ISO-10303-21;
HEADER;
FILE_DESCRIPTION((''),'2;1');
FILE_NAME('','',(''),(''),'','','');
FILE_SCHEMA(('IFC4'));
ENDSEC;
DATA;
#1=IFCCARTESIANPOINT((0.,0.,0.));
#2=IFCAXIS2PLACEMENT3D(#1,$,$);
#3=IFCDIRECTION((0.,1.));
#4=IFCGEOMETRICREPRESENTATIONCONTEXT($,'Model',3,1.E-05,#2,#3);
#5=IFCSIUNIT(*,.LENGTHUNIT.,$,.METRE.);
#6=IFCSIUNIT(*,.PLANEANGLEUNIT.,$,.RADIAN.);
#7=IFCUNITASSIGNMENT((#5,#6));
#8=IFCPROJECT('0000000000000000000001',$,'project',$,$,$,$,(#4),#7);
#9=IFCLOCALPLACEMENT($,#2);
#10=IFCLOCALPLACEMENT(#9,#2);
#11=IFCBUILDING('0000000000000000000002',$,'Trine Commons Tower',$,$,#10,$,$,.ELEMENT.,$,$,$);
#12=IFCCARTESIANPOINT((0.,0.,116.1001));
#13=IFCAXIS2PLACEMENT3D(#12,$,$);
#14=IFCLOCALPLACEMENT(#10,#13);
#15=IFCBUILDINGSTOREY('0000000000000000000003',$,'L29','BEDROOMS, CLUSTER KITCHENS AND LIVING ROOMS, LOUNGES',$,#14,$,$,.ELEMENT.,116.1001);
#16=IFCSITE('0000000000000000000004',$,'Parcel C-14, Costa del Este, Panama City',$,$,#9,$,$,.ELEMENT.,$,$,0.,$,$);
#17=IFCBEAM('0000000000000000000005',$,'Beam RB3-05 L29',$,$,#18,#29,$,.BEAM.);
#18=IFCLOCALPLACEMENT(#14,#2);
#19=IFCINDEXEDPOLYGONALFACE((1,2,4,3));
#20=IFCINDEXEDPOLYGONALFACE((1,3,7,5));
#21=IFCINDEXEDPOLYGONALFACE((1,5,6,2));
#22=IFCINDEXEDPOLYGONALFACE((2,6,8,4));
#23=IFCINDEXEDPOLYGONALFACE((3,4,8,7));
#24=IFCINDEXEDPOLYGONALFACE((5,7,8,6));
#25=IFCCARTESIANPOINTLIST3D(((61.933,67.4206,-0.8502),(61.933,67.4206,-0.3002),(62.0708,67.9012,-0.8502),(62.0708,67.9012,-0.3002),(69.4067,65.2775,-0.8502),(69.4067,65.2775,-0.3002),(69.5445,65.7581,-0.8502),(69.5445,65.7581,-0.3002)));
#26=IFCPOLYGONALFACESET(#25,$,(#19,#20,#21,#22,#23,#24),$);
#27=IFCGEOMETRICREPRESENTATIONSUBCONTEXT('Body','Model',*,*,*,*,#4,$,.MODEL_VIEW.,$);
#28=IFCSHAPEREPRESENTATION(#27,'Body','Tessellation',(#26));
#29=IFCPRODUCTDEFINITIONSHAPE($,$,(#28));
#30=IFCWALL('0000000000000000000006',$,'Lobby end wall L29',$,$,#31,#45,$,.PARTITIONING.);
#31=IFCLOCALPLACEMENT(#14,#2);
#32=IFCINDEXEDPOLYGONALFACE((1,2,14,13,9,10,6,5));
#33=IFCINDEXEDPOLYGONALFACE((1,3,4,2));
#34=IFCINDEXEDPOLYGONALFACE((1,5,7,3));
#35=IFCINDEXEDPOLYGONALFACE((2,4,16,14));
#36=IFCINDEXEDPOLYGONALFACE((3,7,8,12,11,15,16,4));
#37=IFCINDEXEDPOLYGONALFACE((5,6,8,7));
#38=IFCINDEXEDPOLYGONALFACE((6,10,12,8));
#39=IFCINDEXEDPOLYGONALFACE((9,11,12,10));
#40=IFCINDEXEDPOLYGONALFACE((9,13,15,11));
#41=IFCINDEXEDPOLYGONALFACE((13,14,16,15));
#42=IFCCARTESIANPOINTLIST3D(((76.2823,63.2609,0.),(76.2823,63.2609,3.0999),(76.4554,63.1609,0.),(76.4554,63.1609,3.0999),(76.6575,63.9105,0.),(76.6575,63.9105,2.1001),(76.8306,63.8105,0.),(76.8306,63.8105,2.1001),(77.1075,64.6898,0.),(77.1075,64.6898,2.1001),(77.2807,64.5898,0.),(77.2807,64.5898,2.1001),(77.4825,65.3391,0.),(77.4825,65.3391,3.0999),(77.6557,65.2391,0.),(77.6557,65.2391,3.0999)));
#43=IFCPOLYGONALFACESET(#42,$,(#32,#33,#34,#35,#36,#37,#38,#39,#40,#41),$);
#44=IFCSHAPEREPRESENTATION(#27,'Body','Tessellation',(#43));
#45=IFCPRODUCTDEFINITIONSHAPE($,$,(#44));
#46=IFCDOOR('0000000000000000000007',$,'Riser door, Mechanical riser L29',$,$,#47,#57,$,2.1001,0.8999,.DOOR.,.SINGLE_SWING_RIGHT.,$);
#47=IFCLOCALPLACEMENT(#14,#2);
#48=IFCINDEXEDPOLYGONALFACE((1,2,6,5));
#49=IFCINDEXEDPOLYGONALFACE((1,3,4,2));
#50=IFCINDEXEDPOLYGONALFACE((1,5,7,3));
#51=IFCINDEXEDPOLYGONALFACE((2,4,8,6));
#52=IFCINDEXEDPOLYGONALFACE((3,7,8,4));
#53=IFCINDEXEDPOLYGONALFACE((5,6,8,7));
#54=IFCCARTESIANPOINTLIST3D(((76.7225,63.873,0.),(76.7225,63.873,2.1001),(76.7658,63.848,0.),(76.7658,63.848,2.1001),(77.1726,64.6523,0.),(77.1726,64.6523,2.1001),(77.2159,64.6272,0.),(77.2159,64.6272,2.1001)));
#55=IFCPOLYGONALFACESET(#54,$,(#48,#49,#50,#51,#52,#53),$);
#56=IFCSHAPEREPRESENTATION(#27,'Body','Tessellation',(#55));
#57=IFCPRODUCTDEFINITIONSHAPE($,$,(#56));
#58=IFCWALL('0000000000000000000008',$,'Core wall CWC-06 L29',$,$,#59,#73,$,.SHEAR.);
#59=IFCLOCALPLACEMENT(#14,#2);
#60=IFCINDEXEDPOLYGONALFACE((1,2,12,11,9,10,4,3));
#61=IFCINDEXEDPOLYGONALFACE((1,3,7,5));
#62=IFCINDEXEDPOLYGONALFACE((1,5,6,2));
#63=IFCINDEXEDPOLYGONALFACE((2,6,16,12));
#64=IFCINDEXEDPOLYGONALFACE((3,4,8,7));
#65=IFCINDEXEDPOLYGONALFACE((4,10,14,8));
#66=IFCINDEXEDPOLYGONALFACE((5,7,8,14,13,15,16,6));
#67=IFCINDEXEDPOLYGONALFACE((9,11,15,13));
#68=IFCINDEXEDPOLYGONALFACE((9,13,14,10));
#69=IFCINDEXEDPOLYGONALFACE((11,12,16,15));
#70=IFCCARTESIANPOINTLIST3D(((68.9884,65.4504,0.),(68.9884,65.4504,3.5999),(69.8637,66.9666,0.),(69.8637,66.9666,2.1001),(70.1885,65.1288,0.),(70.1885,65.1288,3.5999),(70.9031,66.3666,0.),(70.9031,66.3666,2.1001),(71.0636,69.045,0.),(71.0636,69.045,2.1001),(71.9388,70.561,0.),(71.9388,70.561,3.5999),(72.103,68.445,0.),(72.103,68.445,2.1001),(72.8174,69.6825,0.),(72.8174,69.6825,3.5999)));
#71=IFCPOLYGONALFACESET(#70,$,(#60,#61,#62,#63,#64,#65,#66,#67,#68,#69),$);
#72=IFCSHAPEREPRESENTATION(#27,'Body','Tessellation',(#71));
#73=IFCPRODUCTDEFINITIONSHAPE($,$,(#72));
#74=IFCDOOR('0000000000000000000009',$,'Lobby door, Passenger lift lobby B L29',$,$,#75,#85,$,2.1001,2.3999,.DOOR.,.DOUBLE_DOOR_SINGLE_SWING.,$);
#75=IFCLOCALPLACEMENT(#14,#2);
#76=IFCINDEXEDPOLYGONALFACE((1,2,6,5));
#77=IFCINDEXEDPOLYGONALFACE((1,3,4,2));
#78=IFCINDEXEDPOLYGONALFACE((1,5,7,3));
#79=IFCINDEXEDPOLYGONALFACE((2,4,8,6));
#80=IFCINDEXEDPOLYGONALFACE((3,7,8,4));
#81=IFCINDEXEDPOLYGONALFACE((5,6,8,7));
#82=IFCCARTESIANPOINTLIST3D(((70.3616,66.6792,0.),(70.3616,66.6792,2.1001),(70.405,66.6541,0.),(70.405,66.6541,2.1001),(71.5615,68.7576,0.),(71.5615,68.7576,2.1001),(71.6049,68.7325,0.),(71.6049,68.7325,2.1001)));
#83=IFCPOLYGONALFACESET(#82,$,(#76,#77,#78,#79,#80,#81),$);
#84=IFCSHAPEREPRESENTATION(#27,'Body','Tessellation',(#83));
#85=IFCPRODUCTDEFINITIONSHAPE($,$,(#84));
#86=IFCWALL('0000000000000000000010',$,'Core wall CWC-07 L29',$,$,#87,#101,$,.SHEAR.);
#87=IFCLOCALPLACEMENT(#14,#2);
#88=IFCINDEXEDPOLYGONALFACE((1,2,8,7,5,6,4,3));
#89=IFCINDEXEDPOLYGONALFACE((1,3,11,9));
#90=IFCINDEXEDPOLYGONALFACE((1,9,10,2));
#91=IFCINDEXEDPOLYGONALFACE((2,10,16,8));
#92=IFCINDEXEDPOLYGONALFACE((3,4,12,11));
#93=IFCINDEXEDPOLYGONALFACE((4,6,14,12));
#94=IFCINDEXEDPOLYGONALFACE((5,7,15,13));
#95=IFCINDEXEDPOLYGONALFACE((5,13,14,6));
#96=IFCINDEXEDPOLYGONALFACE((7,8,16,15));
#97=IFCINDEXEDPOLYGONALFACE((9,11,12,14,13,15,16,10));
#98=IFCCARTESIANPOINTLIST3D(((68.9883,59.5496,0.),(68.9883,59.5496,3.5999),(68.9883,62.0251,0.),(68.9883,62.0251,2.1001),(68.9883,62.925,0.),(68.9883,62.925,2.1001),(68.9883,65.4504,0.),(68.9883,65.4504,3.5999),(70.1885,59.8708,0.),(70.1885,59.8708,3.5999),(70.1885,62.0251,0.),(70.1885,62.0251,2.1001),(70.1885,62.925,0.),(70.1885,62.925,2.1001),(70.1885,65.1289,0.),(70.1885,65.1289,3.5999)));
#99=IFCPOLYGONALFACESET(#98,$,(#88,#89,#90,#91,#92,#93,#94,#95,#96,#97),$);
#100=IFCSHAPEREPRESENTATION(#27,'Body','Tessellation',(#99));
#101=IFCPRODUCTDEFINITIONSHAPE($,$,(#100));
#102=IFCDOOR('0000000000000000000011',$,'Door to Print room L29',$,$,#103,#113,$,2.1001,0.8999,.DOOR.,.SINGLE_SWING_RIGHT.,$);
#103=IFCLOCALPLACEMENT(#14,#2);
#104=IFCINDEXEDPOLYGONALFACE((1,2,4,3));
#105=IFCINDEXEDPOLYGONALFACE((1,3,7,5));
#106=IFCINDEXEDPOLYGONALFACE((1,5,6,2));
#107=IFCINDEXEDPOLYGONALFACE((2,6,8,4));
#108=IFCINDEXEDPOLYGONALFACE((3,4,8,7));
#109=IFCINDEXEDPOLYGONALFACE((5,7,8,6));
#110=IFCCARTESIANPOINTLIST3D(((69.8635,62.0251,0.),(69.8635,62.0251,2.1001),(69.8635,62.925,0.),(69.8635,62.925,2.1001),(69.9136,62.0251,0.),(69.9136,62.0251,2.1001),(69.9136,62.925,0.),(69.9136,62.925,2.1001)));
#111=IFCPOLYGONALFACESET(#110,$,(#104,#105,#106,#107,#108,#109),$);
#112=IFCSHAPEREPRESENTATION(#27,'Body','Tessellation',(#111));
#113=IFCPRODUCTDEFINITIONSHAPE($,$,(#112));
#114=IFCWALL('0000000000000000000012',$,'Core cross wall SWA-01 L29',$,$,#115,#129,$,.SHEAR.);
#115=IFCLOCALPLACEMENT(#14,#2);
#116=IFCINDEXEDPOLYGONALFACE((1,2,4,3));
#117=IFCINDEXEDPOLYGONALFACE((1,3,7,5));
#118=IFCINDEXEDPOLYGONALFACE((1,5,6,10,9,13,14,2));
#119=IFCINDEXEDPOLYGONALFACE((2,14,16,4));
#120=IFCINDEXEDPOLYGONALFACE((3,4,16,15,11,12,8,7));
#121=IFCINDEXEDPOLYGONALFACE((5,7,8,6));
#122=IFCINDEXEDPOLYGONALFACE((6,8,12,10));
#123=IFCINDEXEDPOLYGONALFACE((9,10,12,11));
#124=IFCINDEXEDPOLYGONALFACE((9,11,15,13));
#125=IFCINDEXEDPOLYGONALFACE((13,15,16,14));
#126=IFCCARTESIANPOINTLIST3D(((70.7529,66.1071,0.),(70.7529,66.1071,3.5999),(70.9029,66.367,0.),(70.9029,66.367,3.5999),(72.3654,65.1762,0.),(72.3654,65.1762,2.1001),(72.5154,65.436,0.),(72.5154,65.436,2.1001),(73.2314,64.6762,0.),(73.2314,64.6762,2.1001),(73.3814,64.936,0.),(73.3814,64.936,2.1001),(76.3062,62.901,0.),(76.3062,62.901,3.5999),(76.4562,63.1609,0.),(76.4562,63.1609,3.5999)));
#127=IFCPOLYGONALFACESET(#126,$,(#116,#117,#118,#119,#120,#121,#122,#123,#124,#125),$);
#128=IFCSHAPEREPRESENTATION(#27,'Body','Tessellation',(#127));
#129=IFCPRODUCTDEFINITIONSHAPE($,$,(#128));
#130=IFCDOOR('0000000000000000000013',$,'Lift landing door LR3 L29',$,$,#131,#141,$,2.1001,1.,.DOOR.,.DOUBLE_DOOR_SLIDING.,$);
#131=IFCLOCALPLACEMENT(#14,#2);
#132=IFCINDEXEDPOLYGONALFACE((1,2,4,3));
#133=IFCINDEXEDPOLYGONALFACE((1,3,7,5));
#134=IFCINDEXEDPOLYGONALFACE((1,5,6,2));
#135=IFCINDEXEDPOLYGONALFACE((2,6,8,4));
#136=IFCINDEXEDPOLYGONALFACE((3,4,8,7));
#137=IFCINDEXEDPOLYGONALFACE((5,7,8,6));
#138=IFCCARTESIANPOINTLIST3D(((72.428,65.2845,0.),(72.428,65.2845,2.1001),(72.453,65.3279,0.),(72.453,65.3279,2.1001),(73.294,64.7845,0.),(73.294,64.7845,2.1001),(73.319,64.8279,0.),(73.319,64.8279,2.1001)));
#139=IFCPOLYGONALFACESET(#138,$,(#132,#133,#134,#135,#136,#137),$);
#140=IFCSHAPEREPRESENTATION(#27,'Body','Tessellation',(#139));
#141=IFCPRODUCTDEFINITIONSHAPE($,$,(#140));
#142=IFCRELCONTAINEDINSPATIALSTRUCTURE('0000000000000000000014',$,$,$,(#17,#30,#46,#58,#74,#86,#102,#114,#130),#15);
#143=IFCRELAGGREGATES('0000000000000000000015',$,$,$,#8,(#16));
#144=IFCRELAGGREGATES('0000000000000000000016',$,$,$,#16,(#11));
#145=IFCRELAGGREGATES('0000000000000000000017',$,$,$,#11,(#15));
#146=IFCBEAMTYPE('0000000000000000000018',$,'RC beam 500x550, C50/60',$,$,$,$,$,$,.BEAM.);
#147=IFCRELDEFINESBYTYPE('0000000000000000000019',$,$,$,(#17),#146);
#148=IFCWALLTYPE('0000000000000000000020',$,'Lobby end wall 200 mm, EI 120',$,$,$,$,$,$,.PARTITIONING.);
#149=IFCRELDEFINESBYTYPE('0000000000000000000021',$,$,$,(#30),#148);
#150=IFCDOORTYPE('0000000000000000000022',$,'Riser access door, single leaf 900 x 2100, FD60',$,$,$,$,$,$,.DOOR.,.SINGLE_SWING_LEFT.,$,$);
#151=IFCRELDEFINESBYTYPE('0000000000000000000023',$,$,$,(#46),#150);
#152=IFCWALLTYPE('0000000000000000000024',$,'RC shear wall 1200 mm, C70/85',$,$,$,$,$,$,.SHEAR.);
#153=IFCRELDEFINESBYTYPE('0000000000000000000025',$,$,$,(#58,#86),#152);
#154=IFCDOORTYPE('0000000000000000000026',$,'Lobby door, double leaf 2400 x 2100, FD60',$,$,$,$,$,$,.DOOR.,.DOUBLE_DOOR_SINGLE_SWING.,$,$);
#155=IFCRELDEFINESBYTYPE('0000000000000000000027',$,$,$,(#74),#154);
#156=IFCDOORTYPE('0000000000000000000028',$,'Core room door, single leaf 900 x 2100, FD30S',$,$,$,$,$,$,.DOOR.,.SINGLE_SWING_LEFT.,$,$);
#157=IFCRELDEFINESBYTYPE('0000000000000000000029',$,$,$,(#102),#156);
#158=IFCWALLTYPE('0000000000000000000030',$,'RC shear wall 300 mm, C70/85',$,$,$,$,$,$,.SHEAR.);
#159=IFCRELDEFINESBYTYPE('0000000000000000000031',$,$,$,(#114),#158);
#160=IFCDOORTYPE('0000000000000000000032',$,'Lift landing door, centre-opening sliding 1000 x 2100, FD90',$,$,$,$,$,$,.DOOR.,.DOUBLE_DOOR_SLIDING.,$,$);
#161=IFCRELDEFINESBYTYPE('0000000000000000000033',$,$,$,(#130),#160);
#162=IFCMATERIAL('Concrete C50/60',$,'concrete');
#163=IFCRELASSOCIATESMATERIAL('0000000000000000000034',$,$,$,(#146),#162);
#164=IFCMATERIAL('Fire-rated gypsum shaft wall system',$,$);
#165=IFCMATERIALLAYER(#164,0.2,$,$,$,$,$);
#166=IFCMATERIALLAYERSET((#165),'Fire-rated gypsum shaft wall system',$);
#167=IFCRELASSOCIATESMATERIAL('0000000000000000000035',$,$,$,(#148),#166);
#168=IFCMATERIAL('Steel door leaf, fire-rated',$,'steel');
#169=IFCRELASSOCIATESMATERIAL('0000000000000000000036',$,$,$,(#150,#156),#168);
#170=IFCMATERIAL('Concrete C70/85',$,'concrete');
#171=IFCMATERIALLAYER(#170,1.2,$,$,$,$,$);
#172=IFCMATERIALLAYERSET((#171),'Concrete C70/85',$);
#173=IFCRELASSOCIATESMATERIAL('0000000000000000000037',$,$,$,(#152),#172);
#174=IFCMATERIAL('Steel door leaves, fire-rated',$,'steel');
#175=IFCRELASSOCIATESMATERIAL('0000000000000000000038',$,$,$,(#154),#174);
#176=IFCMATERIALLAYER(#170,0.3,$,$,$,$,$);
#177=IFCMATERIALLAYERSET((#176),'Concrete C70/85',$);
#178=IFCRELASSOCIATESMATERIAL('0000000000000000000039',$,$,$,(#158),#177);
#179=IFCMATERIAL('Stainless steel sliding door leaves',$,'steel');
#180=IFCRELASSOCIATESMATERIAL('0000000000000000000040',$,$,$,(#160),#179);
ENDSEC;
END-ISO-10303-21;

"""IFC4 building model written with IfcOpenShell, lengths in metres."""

from ifc_helpers import new_model, si_unit, direction, frame, frame_2d, origin, origin_2d, place, context, subcontext, project, spatial, polyline, rectangle, outline, extrude, material, layer, layer_set, material_profile, profile_set, type_object, element, fill, save


model = new_model("IFC4")

# Units and contexts
model_context = context("Model", 3, precision=1e-05, world=origin(), true_north=direction((0.0, 1.0)))
body_context = subcontext(model_context, "Body", "Model", "MODEL_VIEW")
ifc_project = project(units=[si_unit("LENGTHUNIT", "METRE"), si_unit("PLANEANGLEUNIT", "RADIAN")], contexts=[model_context])

# Site, building, storey
site_placement = place(None, origin())
site = spatial("IfcSite", under=ifc_project, at=site_placement, Name="Parcel C-14, Costa del Este, Panama City", CompositionType="ELEMENT", RefElevation=0.0)
building_placement = place(site_placement, origin())
building = spatial("IfcBuilding", under=site, at=building_placement, Name="Trine Commons Tower", CompositionType="ELEMENT")
storey_placement = place(building_placement, frame((0.0, 0.0, 116.1001)))
storey = spatial("IfcBuildingStorey", under=building, at=storey_placement, Name="L29", Description="BEDROOMS, CLUSTER KITCHENS AND LIVING ROOMS, LOUNGES", CompositionType="ELEMENT", Elevation=116.1001)

# Beam
ifc_material_1 = material(Name="Concrete C50/60", Category="concrete")
ifc_material_profile = material_profile(ifc_material_1, rectangle(XDim=0.5, YDim=0.55, at=origin_2d()), Name="RC 500x550")
ifc_profile_set = profile_set([ifc_material_profile], Name="Concrete C50/60")
beam_type = type_object("IfcBeamType", Name="RC beam 500x550, C50/60", PredefinedType="BEAM", material=ifc_profile_set)
beam_placement = place(storey_placement, frame((69.4756, 65.5178, -0.5752), z_axis=(-0.96126, 0.275642, 0.0), x_axis=(-0.275642, -0.96126, 0.0)))
element("IfcBeam", 1, at=beam_placement, inside=storey, type_object=beam_type, Name="Beam RB3-05 L29", PredefinedType="BEAM", context=body_context, shape_type="SweptSolid", body=[
    extrude(rectangle(XDim=0.5, YDim=0.55, at=origin_2d()), origin(), (0.0, 0.0, 1.0), 7.7749),
])

# Walls, openings, doors
ifc_material_2 = material(Name="Fire-rated gypsum shaft wall system")
ifc_layer_1 = layer(ifc_material_2, 0.2)
ifc_layer_set_1 = layer_set([ifc_layer_1], Name="Fire-rated gypsum shaft wall system")
wall_type_1 = type_object("IfcWallType", Name="Lobby end wall 200 mm, EI 120", PredefinedType="PARTITIONING", material=ifc_layer_set_1)
wall_1_placement = place(storey_placement, frame((77.5691, 65.2891, 0.0), z_axis=(0.0, 0.0, 1.0), x_axis=(-0.500122, -0.865955, 0.0)))
wall_1 = element("IfcWall", 2, at=wall_1_placement, inside=storey, type_object=wall_type_1, Name="Lobby end wall L29", PredefinedType="PARTITIONING", context=body_context, shape_type="SweptSolid", body=[
    extrude(rectangle(XDim=2.3999, YDim=0.2, at=frame_2d((1.2, 0.0))), origin(), (0.0, 0.0, 1.0), 3.0999),
])
opening_1_placement = place(wall_1_placement, frame((0.7498, 0.0, 0.0)))
opening_1 = element("IfcOpeningElement", 3, at=opening_1_placement, cuts=wall_1, PredefinedType="OPENING", context=body_context, shape_type="SweptSolid", body=[
    extrude(rectangle(XDim=0.8999, YDim=2.1001, at=frame_2d((0.45, 1.05))), frame((0.0, 0.1099, 0.0), z_axis=(0.0, -1.0, 0.0), x_axis=(1.0, 0.0, 0.0)), (0.0, 0.0, 1.0), 0.22),
])
ifc_material_3 = material(Name="Steel door leaf, fire-rated", Category="steel")
door_type_1 = type_object("IfcDoorType", Name="Riser access door, single leaf 900 x 2100, FD60", OperationType="SINGLE_SWING_LEFT", PredefinedType="DOOR", material=ifc_material_3)
door_1_placement = place(opening_1_placement, frame((0.8999, 0.0, 0.0), z_axis=(0.0, 0.0, 1.0), x_axis=(-1.0, 0.0, 0.0)))
door_1 = element("IfcDoor", 4, at=door_1_placement, inside=storey, type_object=door_type_1, Name="Riser door, Mechanical riser L29", OperationType="SINGLE_SWING_RIGHT", OverallHeight=2.1001, OverallWidth=0.8999, PredefinedType="DOOR", context=body_context, shape_type="SweptSolid", body=[
    extrude(rectangle(XDim=0.8999, YDim=2.1001, at=frame_2d((0.45, 1.05))), frame((0.0, 0.0249, 0.0), z_axis=(0.0, -1.0, 0.0), x_axis=(1.0, 0.0, 0.0)), (0.0, 0.0, 1.0), 0.05),
])
fill(opening_1, door_1)
ifc_material_4 = material(Name="Concrete C70/85", Category="concrete")
ifc_layer_2 = layer(ifc_material_4, 1.2)
ifc_layer_set_2 = layer_set([ifc_layer_2], Name="Concrete C70/85")
wall_type_2 = type_object("IfcWallType", Name="RC shear wall 1200 mm, C70/85", PredefinedType="SHEAR", material=ifc_layer_set_2)
wall_2_placement = place(storey_placement, frame((72.4585, 70.261, 0.0), z_axis=(0.0, 0.0, 1.0), x_axis=(-0.499979, -0.866037, 0.0)))
wall_2 = element("IfcWall", 5, at=wall_2_placement, inside=storey, type_object=wall_type_2, Name="Core wall CWC-06 L29", PredefinedType="SHEAR", context=body_context, shape_type="SweptSolid", body=[
    extrude(outline(polyline([(0.0, -0.6001), (5.9011, -0.6001), (5.5796, 0.6001), (0.3215, 0.6001), (0.0, -0.6001)])), origin(), (0.0, 0.0, 1.0), 3.5999),
])
opening_2_placement = place(wall_2_placement, frame((1.7505, 0.0, 0.0)))
opening_2 = element("IfcOpeningElement", 6, at=opening_2_placement, cuts=wall_2, PredefinedType="OPENING", context=body_context, shape_type="SweptSolid", body=[
    extrude(rectangle(XDim=2.3999, YDim=2.1001, at=frame_2d((1.2, 1.05))), frame((0.0, 0.6099, 0.0), z_axis=(0.0, -1.0, 0.0), x_axis=(1.0, 0.0, 0.0)), (0.0, 0.0, 1.0), 1.22),
])
ifc_material_5 = material(Name="Steel door leaves, fire-rated", Category="steel")
door_type_2 = type_object("IfcDoorType", Name="Lobby door, double leaf 2400 x 2100, FD60", OperationType="DOUBLE_DOOR_SINGLE_SWING", PredefinedType="DOOR", material=ifc_material_5)
door_2_placement = place(opening_2_placement, origin())
door_2 = element("IfcDoor", 7, at=door_2_placement, inside=storey, type_object=door_type_2, Name="Lobby door, Passenger lift lobby B L29", OperationType="DOUBLE_DOOR_SINGLE_SWING", OverallHeight=2.1001, OverallWidth=2.3999, PredefinedType="DOOR", context=body_context, shape_type="SweptSolid", body=[
    extrude(rectangle(XDim=2.3999, YDim=2.1001, at=frame_2d((1.2, 1.05))), frame((0.0, 0.0249, 0.0), z_axis=(0.0, -1.0, 0.0), x_axis=(1.0, 0.0, 0.0)), (0.0, 0.0, 1.0), 0.05),
])
fill(opening_2, door_2)
wall_3_placement = place(storey_placement, frame((69.5884, 65.4504, 0.0), z_axis=(0.0, 0.0, 1.0), x_axis=(0.0, -1.0, 0.0)))
wall_3 = element("IfcWall", 8, at=wall_3_placement, inside=storey, type_object=wall_type_2, Name="Core wall CWC-07 L29", PredefinedType="SHEAR", context=body_context, shape_type="SweptSolid", body=[
    extrude(outline(polyline([(0.0, -0.6001), (5.9009, -0.6001), (5.5796, 0.6001), (0.3215, 0.6001), (0.0, -0.6001)])), origin(), (0.0, 0.0, 1.0), 3.5999),
])
opening_3_placement = place(wall_3_placement, frame((2.5254, 0.0, 0.0)))
opening_3 = element("IfcOpeningElement", 9, at=opening_3_placement, cuts=wall_3, PredefinedType="OPENING", context=body_context, shape_type="SweptSolid", body=[
    extrude(rectangle(XDim=0.8999, YDim=2.1001, at=frame_2d((0.45, 1.05))), frame((0.0, 0.6099, 0.0), z_axis=(0.0, -1.0, 0.0), x_axis=(1.0, 0.0, 0.0)), (0.0, 0.0, 1.0), 1.22),
])
door_type_3 = type_object("IfcDoorType", Name="Core room door, single leaf 900 x 2100, FD30S", OperationType="SINGLE_SWING_LEFT", PredefinedType="DOOR", material=ifc_material_3)
door_3_placement = place(opening_3_placement, origin())
door_3 = element("IfcDoor", 10, at=door_3_placement, inside=storey, type_object=door_type_3, Name="Door to Print room L29", OperationType="SINGLE_SWING_RIGHT", OverallHeight=2.1001, OverallWidth=0.8999, PredefinedType="DOOR", context=body_context, shape_type="SweptSolid", body=[
    extrude(rectangle(XDim=0.8999, YDim=2.1001, at=frame_2d((0.45, 1.05))), frame((0.0, 0.3252, 0.0), z_axis=(0.0, -1.0, 0.0), x_axis=(1.0, 0.0, 0.0)), (0.0, 0.0, 1.0), 0.05),
])
fill(opening_3, door_3)
ifc_layer_3 = layer(ifc_material_4, 0.3)
ifc_layer_set_3 = layer_set([ifc_layer_3], Name="Concrete C70/85")
wall_type_3 = type_object("IfcWallType", Name="RC shear wall 300 mm, C70/85", PredefinedType="SHEAR", material=ifc_layer_set_3)
wall_4_placement = place(storey_placement, frame((76.3811, 63.031, 0.0), z_axis=(0.0, 0.0, 1.0), x_axis=(-0.866032, 0.499988, 0.0)))
wall_4 = element("IfcWall", 11, at=wall_4_placement, inside=storey, type_object=wall_type_3, Name="Core cross wall SWA-01 L29", PredefinedType="SHEAR", context=body_context, shape_type="SweptSolid", body=[
    extrude(rectangle(XDim=6.4124, YDim=0.3, at=frame_2d((3.2061, 0.0))), origin(), (0.0, 0.0, 1.0), 3.5999),
])
opening_4_placement = place(wall_4_placement, frame((3.5503, 0.0, 0.0)))
opening_4 = element("IfcOpeningElement", 12, at=opening_4_placement, cuts=wall_4, PredefinedType="OPENING", context=body_context, shape_type="SweptSolid", body=[
    extrude(rectangle(XDim=1.0, YDim=2.1001, at=frame_2d((0.5, 1.05))), frame((0.0, 0.1599, 0.0), z_axis=(0.0, -1.0, 0.0), x_axis=(1.0, 0.0, 0.0)), (0.0, 0.0, 1.0), 0.3201),
])
ifc_material_6 = material(Name="Stainless steel sliding door leaves", Category="steel")
door_type_4 = type_object("IfcDoorType", Name="Lift landing door, centre-opening sliding 1000 x 2100, FD90", OperationType="DOUBLE_DOOR_SLIDING", PredefinedType="DOOR", material=ifc_material_6)
door_4_placement = place(opening_4_placement, origin())
door_4 = element("IfcDoor", 13, at=door_4_placement, inside=storey, type_object=door_type_4, Name="Lift landing door LR3 L29", OperationType="DOUBLE_DOOR_SLIDING", OverallHeight=2.1001, OverallWidth=1.0, PredefinedType="DOOR", context=body_context, shape_type="SweptSolid", body=[
    extrude(rectangle(XDim=1.0, YDim=2.1001, at=frame_2d((0.5, 1.05))), frame((0.0, 0.0249, 0.0), z_axis=(0.0, -1.0, 0.0), x_axis=(1.0, 0.0, 0.0)), (0.0, 0.0, 1.0), 0.05),
])
fill(opening_4, door_4)

save(model, "model.ifc")
